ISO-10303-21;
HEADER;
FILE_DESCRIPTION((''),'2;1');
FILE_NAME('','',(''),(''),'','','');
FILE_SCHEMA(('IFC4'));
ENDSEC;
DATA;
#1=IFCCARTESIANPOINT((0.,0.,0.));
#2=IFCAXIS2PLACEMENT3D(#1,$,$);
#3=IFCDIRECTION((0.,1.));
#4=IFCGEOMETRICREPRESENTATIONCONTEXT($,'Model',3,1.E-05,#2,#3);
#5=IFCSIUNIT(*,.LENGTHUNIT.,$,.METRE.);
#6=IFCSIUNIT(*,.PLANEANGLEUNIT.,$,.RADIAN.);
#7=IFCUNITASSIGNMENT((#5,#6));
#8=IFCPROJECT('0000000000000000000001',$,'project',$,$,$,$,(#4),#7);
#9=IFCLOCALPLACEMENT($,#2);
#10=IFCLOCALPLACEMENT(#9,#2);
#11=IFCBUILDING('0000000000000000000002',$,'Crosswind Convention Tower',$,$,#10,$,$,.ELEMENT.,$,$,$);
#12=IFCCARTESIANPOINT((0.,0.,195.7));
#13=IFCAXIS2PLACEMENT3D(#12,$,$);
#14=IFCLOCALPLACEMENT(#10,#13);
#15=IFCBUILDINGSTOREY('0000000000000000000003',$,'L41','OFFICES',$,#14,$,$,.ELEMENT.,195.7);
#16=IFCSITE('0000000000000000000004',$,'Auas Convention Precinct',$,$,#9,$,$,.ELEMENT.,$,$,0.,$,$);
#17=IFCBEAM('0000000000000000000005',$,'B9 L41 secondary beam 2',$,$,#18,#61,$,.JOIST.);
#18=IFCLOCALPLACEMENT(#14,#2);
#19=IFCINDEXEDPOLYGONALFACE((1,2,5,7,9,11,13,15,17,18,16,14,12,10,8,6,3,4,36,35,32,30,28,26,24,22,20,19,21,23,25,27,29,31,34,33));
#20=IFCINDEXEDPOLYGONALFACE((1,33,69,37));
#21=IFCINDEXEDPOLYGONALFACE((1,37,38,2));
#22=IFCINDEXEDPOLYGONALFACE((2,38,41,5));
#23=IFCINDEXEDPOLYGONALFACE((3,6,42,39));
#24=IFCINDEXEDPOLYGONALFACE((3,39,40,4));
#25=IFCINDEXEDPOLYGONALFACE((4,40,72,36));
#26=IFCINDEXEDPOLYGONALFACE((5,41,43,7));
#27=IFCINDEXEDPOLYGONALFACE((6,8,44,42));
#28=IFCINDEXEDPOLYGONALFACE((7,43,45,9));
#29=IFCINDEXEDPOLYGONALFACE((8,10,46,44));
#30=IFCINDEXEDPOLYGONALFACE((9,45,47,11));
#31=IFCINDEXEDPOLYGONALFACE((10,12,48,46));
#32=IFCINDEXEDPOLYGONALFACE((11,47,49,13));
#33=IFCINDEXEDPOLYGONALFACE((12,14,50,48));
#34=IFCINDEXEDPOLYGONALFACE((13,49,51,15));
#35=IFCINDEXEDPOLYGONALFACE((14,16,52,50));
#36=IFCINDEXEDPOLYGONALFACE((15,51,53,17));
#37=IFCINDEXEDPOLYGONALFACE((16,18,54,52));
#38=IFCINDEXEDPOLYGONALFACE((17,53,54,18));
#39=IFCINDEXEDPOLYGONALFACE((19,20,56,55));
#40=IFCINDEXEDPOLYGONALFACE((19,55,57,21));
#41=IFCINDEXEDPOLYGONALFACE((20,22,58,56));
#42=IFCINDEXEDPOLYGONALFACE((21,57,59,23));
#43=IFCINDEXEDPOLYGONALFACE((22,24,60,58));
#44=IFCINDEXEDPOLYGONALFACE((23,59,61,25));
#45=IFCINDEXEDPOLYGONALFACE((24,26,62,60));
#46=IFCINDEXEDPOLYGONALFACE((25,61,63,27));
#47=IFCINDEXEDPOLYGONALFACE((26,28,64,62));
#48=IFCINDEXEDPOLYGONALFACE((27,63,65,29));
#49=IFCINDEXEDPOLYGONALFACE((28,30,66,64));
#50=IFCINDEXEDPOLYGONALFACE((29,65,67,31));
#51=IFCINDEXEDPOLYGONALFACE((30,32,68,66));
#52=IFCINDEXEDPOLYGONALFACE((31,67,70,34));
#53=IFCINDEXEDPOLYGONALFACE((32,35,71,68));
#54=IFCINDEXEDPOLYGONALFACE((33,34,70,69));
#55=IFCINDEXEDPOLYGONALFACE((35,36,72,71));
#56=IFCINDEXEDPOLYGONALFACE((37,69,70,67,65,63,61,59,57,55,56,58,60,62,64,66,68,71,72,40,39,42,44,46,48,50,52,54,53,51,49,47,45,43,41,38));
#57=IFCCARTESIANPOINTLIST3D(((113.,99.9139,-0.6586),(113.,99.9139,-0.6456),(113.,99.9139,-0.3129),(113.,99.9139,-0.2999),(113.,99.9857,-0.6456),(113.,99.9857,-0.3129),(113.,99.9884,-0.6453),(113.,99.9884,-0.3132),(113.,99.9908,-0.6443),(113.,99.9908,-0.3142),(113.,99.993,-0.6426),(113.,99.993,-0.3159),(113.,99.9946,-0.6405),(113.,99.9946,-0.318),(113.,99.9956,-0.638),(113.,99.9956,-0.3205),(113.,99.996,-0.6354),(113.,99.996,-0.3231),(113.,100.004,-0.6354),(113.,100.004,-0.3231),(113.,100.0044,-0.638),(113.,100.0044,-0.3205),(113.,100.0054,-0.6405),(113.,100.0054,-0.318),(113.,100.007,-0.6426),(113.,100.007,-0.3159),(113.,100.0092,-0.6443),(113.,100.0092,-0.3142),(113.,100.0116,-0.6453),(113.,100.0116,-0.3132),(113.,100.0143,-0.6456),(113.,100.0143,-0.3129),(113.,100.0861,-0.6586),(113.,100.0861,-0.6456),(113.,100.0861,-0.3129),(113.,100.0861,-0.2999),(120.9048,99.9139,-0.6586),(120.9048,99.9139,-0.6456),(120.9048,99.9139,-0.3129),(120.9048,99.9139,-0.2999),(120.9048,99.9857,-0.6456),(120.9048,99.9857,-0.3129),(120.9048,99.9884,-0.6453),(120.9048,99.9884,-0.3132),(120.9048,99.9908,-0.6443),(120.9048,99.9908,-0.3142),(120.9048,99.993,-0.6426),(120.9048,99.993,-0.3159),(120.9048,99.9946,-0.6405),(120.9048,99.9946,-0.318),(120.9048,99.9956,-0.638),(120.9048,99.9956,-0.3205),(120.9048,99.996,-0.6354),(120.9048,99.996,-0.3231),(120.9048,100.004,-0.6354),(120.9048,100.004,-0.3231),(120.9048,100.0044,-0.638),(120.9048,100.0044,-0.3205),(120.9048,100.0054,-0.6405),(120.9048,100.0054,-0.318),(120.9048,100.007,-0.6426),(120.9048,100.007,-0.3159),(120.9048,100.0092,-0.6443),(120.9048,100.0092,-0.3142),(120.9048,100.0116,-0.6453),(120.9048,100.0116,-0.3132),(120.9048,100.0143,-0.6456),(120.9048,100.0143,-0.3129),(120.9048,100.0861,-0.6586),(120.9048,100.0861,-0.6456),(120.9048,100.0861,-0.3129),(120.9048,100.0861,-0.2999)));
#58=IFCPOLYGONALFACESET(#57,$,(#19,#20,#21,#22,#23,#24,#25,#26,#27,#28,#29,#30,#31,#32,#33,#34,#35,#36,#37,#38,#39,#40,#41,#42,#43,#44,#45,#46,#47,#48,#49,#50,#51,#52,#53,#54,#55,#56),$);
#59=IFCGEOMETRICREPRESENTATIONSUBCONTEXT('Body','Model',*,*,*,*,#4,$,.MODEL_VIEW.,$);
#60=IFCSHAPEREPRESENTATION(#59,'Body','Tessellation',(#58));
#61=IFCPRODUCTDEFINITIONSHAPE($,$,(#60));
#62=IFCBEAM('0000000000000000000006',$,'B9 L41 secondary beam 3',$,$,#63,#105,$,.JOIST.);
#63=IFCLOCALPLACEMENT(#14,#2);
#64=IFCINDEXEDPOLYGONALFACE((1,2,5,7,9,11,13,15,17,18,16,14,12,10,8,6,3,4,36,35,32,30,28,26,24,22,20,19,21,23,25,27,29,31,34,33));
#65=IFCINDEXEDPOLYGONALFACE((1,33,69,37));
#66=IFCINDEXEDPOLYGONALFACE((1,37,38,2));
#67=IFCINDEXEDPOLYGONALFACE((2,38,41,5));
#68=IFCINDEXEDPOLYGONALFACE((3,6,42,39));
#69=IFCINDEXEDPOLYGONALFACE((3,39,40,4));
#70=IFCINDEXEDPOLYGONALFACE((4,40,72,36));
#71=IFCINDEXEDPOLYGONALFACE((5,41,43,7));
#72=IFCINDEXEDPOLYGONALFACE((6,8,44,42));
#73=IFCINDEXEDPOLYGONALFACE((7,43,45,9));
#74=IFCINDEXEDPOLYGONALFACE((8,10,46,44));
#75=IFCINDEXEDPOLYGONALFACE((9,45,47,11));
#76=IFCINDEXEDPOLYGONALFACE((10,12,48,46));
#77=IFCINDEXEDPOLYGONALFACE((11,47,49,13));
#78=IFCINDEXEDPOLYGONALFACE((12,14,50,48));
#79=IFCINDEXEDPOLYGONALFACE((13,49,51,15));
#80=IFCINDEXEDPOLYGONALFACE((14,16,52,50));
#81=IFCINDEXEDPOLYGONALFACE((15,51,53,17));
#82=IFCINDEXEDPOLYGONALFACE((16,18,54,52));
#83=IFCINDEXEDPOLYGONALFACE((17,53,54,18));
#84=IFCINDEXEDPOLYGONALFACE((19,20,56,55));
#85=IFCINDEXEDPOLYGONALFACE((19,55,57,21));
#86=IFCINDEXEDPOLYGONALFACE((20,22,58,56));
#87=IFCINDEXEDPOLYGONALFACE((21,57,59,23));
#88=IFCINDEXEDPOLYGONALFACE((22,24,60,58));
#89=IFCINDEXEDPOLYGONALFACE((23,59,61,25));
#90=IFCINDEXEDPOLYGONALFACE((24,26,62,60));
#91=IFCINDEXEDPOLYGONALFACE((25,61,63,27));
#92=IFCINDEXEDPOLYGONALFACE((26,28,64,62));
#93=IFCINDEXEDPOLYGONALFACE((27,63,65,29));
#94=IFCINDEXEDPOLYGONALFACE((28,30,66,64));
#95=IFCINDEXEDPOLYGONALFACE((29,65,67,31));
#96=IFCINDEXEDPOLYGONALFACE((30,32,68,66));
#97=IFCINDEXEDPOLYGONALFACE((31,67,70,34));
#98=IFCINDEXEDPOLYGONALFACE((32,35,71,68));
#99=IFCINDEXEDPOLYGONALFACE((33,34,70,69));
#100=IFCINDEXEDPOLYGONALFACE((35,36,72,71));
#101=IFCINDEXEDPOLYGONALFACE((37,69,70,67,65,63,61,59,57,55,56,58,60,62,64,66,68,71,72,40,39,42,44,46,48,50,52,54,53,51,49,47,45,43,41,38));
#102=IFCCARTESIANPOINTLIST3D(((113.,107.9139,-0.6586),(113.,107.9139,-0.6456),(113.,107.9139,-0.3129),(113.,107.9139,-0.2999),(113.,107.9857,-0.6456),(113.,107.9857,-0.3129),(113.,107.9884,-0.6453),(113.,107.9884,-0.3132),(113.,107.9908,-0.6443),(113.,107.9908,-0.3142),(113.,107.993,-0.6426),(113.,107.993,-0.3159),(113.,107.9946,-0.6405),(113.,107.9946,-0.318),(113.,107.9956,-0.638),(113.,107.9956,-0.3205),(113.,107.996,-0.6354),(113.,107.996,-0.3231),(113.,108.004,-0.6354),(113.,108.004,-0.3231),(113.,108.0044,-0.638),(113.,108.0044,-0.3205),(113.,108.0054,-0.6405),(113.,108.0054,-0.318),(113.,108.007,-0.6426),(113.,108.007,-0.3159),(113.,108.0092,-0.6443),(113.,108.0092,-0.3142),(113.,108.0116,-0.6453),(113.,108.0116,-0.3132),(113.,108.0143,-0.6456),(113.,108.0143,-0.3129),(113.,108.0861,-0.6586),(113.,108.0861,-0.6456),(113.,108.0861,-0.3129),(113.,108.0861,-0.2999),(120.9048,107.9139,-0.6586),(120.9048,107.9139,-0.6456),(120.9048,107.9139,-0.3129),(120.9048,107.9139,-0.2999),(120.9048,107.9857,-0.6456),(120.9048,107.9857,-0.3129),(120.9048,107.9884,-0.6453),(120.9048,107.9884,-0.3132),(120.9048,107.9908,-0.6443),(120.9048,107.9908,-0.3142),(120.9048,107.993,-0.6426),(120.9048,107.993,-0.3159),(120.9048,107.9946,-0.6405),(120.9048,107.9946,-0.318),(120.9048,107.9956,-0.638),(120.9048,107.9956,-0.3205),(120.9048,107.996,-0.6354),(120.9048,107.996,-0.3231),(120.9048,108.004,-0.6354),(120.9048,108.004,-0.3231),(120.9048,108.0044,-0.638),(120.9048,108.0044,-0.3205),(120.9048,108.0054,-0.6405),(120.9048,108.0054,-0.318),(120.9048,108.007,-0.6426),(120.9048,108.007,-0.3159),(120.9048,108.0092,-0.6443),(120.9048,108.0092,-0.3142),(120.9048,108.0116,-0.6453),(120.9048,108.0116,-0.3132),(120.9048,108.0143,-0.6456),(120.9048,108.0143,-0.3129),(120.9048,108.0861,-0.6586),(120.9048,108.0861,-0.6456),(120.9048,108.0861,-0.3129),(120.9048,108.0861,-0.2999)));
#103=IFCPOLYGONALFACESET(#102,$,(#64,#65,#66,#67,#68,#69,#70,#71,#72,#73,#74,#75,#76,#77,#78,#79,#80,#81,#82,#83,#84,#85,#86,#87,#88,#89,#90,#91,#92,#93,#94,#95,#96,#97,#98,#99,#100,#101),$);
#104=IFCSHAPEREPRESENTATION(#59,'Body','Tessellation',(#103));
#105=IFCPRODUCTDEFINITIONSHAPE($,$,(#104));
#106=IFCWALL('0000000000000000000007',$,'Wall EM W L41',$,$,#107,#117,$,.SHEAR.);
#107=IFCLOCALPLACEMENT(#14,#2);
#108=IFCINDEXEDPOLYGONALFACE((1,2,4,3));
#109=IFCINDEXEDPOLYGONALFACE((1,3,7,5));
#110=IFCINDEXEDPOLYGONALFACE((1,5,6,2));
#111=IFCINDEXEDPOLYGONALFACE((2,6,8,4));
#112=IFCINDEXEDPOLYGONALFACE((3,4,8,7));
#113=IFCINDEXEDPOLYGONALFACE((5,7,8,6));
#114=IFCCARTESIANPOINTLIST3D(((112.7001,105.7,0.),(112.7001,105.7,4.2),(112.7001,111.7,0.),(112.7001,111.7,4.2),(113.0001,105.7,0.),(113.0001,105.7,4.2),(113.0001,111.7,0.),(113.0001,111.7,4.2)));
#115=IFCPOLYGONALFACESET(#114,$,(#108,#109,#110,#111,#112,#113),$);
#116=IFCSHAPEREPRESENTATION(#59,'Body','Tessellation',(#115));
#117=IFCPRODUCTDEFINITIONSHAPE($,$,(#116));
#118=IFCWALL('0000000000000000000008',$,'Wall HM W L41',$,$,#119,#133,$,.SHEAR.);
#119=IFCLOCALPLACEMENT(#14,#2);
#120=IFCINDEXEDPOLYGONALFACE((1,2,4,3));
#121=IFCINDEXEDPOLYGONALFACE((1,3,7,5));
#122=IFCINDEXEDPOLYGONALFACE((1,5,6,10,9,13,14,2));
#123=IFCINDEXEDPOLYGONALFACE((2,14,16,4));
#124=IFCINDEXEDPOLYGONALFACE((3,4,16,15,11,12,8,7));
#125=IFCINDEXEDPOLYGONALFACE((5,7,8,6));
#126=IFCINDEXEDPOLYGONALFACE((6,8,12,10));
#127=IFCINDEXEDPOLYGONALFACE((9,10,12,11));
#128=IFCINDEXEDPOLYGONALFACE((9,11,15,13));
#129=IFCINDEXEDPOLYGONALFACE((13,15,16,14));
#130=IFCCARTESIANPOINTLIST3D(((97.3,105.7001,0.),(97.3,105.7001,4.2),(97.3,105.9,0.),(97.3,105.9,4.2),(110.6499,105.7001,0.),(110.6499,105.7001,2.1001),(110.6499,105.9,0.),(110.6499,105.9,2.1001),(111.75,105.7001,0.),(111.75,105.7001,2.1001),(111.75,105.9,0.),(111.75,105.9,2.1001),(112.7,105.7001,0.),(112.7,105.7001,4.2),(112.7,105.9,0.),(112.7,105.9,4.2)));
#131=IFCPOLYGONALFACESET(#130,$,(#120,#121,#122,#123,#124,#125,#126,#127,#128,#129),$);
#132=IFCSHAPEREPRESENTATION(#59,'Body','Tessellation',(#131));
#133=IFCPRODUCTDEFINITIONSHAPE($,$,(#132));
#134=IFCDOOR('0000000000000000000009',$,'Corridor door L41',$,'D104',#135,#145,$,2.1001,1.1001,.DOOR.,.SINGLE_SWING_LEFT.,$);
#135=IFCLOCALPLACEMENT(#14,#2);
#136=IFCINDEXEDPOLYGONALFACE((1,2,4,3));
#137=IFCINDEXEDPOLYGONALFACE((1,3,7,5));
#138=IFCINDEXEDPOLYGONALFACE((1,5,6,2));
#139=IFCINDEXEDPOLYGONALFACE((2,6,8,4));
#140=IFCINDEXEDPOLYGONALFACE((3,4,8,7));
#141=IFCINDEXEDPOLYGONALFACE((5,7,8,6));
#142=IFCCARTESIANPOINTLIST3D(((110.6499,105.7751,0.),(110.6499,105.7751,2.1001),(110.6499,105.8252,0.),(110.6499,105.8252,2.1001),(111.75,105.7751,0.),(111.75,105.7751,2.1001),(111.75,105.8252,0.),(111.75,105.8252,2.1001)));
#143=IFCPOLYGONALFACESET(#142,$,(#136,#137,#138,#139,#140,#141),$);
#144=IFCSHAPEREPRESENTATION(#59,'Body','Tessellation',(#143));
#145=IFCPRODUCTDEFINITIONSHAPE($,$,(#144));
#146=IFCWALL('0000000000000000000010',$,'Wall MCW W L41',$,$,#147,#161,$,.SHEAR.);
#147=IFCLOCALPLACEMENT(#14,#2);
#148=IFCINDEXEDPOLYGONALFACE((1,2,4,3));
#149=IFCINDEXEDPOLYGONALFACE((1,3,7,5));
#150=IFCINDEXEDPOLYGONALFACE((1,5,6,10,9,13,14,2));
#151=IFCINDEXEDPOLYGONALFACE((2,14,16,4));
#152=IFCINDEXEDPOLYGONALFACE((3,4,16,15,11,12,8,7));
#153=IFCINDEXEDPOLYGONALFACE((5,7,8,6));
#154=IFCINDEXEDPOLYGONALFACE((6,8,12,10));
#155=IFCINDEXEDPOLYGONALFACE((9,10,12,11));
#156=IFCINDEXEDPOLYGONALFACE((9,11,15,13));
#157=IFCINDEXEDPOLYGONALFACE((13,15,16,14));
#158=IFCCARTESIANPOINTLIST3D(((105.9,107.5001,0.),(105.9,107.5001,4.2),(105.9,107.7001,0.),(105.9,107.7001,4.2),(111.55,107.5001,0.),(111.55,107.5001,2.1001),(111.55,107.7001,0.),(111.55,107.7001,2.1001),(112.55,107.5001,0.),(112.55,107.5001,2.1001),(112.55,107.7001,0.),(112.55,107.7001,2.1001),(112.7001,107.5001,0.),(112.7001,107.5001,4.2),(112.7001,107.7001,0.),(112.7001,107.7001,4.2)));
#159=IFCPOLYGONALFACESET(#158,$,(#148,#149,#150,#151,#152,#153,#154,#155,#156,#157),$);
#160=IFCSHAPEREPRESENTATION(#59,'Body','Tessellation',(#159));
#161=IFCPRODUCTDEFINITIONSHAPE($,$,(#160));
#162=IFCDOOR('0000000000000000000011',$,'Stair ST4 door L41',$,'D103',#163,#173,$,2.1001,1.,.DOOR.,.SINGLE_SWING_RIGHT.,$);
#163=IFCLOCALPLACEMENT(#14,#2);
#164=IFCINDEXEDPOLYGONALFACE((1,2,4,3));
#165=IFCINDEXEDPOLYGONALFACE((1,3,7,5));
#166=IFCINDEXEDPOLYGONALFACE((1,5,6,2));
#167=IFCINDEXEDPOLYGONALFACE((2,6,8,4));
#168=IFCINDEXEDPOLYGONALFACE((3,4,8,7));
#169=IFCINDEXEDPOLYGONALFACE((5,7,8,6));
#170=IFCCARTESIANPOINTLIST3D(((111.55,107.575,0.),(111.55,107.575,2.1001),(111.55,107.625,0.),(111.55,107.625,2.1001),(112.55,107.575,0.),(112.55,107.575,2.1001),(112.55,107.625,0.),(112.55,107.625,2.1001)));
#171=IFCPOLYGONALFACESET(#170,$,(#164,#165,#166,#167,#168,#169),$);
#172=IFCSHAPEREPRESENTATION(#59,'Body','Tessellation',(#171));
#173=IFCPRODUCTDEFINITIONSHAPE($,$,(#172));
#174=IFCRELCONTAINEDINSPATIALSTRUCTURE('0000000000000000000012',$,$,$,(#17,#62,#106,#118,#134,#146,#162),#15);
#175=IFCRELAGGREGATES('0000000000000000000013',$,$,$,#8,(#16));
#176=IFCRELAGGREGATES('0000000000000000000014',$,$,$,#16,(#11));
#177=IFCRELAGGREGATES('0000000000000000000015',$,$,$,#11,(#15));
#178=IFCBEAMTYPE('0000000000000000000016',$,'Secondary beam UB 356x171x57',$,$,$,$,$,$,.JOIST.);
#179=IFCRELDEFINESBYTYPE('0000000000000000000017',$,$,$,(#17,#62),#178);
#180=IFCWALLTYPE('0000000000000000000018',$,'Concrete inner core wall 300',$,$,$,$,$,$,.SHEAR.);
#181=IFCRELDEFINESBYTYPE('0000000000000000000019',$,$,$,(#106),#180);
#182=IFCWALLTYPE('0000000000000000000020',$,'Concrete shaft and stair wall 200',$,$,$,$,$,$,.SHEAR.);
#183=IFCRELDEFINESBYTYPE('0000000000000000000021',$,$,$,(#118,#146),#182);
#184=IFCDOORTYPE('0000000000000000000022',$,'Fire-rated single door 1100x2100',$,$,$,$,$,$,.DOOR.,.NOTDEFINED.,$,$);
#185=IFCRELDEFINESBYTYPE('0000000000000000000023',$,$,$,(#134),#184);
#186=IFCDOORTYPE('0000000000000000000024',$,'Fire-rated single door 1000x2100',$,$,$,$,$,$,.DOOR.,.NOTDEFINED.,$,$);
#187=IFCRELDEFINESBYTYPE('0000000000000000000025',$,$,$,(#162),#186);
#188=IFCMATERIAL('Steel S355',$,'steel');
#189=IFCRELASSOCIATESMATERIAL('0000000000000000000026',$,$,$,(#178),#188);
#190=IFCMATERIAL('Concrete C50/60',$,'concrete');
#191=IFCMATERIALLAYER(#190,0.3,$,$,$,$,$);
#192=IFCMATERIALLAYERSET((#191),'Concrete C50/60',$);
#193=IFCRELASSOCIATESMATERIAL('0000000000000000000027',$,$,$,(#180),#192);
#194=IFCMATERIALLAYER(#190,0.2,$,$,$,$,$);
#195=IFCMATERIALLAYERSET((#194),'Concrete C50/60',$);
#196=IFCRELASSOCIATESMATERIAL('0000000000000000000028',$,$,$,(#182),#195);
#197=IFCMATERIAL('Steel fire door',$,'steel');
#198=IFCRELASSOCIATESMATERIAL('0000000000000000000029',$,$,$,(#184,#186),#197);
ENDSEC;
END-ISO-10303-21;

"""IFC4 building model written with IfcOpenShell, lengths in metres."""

from ifc_helpers import new_model, si_unit, direction, frame, frame_2d, origin, origin_2d, place, context, subcontext, project, spatial, rectangle, i_section, extrude, material, layer, layer_set, material_profile, profile_set, type_object, element, fill, save


model = new_model("IFC4")

# Units and contexts
model_context = context("Model", 3, precision=1e-05, world=origin(), true_north=direction((0.0, 1.0)))
body_context = subcontext(model_context, "Body", "Model", "MODEL_VIEW")
ifc_project = project(units=[si_unit("LENGTHUNIT", "METRE"), si_unit("PLANEANGLEUNIT", "RADIAN")], contexts=[model_context])

# Site, building, storey
site_placement = place(None, origin())
site = spatial("IfcSite", under=ifc_project, at=site_placement, Name="Auas Convention Precinct", CompositionType="ELEMENT", RefElevation=0.0)
building_placement = place(site_placement, origin())
building = spatial("IfcBuilding", under=site, at=building_placement, Name="Crosswind Convention Tower", CompositionType="ELEMENT")
storey_placement = place(building_placement, frame((0.0, 0.0, 195.7)))
storey = spatial("IfcBuildingStorey", under=building, at=storey_placement, Name="L41", Description="OFFICES", CompositionType="ELEMENT", Elevation=195.7)

# Beams
ifc_material_1 = material(Name="Steel S355", Category="steel")
ifc_material_profile_1 = material_profile(ifc_material_1, i_section(OverallWidth=0.1721, OverallDepth=0.3586, WebThickness=0.0081, FlangeThickness=0.0129, FilletRadius=0.0103, at=origin_2d()), Name="UB 356x171x57")
ifc_profile_set_1 = profile_set([ifc_material_profile_1], Name="Steel S355")
beam_type_1 = type_object("IfcBeamType", Name="Secondary beam UB 356x171x57", PredefinedType="JOIST", material=ifc_profile_set_1)
for number, where, z_axis, x_axis, name in (
    (1, (113.0, 100.0, -0.4792), (1.0, 0.0, 0.0), (0.0, 1.0, 0.0), "B9 L41 secondary beam 2"),
    (2, (113.0, 108.0, -0.4792), (1.0, 0.0, 0.0), (0.0, 1.0, 0.0), "B9 L41 secondary beam 3"),
):
    element("IfcBeam", number, at=place(storey_placement, frame(where, z_axis=z_axis, x_axis=x_axis)), inside=storey, type_object=beam_type_1, Name=name, PredefinedType="JOIST", context=body_context, shape_type="SweptSolid", body=[
        extrude(i_section(OverallWidth=0.1721, OverallDepth=0.3586, WebThickness=0.0081, FlangeThickness=0.0129, FilletRadius=0.0103, at=origin_2d()), origin(), (0.0, 0.0, 1.0), 7.9048),
    ])

# Shared definitions
ifc_material_2 = material(Name="Concrete C50/60", Category="concrete")
ifc_layer_1 = layer(ifc_material_2, 0.3)
ifc_layer_set_1 = layer_set([ifc_layer_1], Name="Concrete C50/60")
wall_type_1 = type_object("IfcWallType", Name="Concrete inner core wall 300", PredefinedType="SHEAR", material=ifc_layer_set_1)

# Wall
wall_1_placement = place(storey_placement, frame((112.8501, 111.7, 0.0), z_axis=(0.0, 0.0, 1.0), x_axis=(0.0, -1.0, 0.0)))
element("IfcWall", 3, at=wall_1_placement, inside=storey, type_object=wall_type_1, Name="Wall EM W L41", PredefinedType="SHEAR", context=body_context, shape_type="SweptSolid", body=[
    extrude(rectangle(XDim=6.0, YDim=0.3, at=frame_2d((3.0, 0.0))), origin(), (0.0, 0.0, 1.0), 4.2),
])

# Walls, openings, doors
ifc_layer_2 = layer(ifc_material_2, 0.2)
ifc_layer_set_2 = layer_set([ifc_layer_2], Name="Concrete C50/60")
wall_type_2 = type_object("IfcWallType", Name="Concrete shaft and stair wall 200", PredefinedType="SHEAR", material=ifc_layer_set_2)
wall_2_placement = place(storey_placement, frame((112.7, 105.8, 0.0), z_axis=(0.0, 0.0, 1.0), x_axis=(-1.0, 0.0, 0.0)))
wall_2 = element("IfcWall", 4, at=wall_2_placement, inside=storey, type_object=wall_type_2, Name="Wall HM W L41", PredefinedType="SHEAR", context=body_context, shape_type="SweptSolid", body=[
    extrude(rectangle(XDim=15.3999, YDim=0.2, at=frame_2d((7.7, 0.0))), origin(), (0.0, 0.0, 1.0), 4.2),
])
opening_1_placement = place(wall_2_placement, frame((0.95, 0.0, 0.0)))
opening_1 = element("IfcOpeningElement", 5, at=opening_1_placement, cuts=wall_2, PredefinedType="OPENING", context=body_context, shape_type="SweptSolid", body=[
    extrude(rectangle(XDim=1.1001, YDim=2.1001, at=frame_2d((0.55, 1.05))), frame((0.0, 0.1099, 0.0), z_axis=(0.0, -1.0, 0.0), x_axis=(1.0, 0.0, 0.0)), (0.0, 0.0, 1.0), 0.22),
])
ifc_material_3 = material(Name="Steel fire door", Category="steel")
door_type_1 = type_object("IfcDoorType", Name="Fire-rated single door 1100x2100", OperationType="NOTDEFINED", PredefinedType="DOOR", material=ifc_material_3)
door_1_placement = place(opening_1_placement, origin())
door_1 = element("IfcDoor", 6, at=door_1_placement, inside=storey, type_object=door_type_1, Name="Corridor door L41", ObjectType="D104", OperationType="SINGLE_SWING_LEFT", OverallHeight=2.1001, OverallWidth=1.1001, PredefinedType="DOOR", context=body_context, shape_type="SweptSolid", body=[
    extrude(rectangle(XDim=1.1001, YDim=2.1001, at=frame_2d((0.55, 1.05))), frame((0.0, 0.0249, 0.0), z_axis=(0.0, -1.0, 0.0), x_axis=(1.0, 0.0, 0.0)), (0.0, 0.0, 1.0), 0.05),
])
fill(opening_1, door_1)
wall_3_placement = place(storey_placement, frame((112.7, 107.6001, 0.0), z_axis=(0.0, 0.0, 1.0), x_axis=(-1.0, 0.0, 0.0)))
wall_3 = element("IfcWall", 7, at=wall_3_placement, inside=storey, type_object=wall_type_2, Name="Wall MCW W L41", PredefinedType="SHEAR", context=body_context, shape_type="SweptSolid", body=[
    extrude(rectangle(XDim=6.8, YDim=0.2, at=frame_2d((3.3999, 0.0))), origin(), (0.0, 0.0, 1.0), 4.2),
])
opening_2_placement = place(wall_3_placement, frame((0.1499, 0.0, 0.0)))
opening_2 = element("IfcOpeningElement", 8, at=opening_2_placement, cuts=wall_3, PredefinedType="OPENING", context=body_context, shape_type="SweptSolid", body=[
    extrude(rectangle(XDim=1.0, YDim=2.1001, at=frame_2d((0.5, 1.05))), frame((0.0, 0.1099, 0.0), z_axis=(0.0, -1.0, 0.0), x_axis=(1.0, 0.0, 0.0)), (0.0, 0.0, 1.0), 0.22),
])
door_type_2 = type_object("IfcDoorType", Name="Fire-rated single door 1000x2100", OperationType="NOTDEFINED", PredefinedType="DOOR", material=ifc_material_3)
door_2_placement = place(opening_2_placement, frame((1.0, 0.0, 0.0), z_axis=(0.0, 0.0, 1.0), x_axis=(-1.0, 0.0, 0.0)))
door_2 = element("IfcDoor", 9, at=door_2_placement, inside=storey, type_object=door_type_2, Name="Stair ST4 door L41", ObjectType="D103", OperationType="SINGLE_SWING_RIGHT", OverallHeight=2.1001, OverallWidth=1.0, PredefinedType="DOOR", context=body_context, shape_type="SweptSolid", body=[
    extrude(rectangle(XDim=1.0, YDim=2.1001, at=frame_2d((0.5, 1.05))), frame((0.0, 0.0249, 0.0), z_axis=(0.0, -1.0, 0.0), x_axis=(1.0, 0.0, 0.0)), (0.0, 0.0, 1.0), 0.05),
])
fill(opening_2, door_2)

save(model, "model.ifc")
